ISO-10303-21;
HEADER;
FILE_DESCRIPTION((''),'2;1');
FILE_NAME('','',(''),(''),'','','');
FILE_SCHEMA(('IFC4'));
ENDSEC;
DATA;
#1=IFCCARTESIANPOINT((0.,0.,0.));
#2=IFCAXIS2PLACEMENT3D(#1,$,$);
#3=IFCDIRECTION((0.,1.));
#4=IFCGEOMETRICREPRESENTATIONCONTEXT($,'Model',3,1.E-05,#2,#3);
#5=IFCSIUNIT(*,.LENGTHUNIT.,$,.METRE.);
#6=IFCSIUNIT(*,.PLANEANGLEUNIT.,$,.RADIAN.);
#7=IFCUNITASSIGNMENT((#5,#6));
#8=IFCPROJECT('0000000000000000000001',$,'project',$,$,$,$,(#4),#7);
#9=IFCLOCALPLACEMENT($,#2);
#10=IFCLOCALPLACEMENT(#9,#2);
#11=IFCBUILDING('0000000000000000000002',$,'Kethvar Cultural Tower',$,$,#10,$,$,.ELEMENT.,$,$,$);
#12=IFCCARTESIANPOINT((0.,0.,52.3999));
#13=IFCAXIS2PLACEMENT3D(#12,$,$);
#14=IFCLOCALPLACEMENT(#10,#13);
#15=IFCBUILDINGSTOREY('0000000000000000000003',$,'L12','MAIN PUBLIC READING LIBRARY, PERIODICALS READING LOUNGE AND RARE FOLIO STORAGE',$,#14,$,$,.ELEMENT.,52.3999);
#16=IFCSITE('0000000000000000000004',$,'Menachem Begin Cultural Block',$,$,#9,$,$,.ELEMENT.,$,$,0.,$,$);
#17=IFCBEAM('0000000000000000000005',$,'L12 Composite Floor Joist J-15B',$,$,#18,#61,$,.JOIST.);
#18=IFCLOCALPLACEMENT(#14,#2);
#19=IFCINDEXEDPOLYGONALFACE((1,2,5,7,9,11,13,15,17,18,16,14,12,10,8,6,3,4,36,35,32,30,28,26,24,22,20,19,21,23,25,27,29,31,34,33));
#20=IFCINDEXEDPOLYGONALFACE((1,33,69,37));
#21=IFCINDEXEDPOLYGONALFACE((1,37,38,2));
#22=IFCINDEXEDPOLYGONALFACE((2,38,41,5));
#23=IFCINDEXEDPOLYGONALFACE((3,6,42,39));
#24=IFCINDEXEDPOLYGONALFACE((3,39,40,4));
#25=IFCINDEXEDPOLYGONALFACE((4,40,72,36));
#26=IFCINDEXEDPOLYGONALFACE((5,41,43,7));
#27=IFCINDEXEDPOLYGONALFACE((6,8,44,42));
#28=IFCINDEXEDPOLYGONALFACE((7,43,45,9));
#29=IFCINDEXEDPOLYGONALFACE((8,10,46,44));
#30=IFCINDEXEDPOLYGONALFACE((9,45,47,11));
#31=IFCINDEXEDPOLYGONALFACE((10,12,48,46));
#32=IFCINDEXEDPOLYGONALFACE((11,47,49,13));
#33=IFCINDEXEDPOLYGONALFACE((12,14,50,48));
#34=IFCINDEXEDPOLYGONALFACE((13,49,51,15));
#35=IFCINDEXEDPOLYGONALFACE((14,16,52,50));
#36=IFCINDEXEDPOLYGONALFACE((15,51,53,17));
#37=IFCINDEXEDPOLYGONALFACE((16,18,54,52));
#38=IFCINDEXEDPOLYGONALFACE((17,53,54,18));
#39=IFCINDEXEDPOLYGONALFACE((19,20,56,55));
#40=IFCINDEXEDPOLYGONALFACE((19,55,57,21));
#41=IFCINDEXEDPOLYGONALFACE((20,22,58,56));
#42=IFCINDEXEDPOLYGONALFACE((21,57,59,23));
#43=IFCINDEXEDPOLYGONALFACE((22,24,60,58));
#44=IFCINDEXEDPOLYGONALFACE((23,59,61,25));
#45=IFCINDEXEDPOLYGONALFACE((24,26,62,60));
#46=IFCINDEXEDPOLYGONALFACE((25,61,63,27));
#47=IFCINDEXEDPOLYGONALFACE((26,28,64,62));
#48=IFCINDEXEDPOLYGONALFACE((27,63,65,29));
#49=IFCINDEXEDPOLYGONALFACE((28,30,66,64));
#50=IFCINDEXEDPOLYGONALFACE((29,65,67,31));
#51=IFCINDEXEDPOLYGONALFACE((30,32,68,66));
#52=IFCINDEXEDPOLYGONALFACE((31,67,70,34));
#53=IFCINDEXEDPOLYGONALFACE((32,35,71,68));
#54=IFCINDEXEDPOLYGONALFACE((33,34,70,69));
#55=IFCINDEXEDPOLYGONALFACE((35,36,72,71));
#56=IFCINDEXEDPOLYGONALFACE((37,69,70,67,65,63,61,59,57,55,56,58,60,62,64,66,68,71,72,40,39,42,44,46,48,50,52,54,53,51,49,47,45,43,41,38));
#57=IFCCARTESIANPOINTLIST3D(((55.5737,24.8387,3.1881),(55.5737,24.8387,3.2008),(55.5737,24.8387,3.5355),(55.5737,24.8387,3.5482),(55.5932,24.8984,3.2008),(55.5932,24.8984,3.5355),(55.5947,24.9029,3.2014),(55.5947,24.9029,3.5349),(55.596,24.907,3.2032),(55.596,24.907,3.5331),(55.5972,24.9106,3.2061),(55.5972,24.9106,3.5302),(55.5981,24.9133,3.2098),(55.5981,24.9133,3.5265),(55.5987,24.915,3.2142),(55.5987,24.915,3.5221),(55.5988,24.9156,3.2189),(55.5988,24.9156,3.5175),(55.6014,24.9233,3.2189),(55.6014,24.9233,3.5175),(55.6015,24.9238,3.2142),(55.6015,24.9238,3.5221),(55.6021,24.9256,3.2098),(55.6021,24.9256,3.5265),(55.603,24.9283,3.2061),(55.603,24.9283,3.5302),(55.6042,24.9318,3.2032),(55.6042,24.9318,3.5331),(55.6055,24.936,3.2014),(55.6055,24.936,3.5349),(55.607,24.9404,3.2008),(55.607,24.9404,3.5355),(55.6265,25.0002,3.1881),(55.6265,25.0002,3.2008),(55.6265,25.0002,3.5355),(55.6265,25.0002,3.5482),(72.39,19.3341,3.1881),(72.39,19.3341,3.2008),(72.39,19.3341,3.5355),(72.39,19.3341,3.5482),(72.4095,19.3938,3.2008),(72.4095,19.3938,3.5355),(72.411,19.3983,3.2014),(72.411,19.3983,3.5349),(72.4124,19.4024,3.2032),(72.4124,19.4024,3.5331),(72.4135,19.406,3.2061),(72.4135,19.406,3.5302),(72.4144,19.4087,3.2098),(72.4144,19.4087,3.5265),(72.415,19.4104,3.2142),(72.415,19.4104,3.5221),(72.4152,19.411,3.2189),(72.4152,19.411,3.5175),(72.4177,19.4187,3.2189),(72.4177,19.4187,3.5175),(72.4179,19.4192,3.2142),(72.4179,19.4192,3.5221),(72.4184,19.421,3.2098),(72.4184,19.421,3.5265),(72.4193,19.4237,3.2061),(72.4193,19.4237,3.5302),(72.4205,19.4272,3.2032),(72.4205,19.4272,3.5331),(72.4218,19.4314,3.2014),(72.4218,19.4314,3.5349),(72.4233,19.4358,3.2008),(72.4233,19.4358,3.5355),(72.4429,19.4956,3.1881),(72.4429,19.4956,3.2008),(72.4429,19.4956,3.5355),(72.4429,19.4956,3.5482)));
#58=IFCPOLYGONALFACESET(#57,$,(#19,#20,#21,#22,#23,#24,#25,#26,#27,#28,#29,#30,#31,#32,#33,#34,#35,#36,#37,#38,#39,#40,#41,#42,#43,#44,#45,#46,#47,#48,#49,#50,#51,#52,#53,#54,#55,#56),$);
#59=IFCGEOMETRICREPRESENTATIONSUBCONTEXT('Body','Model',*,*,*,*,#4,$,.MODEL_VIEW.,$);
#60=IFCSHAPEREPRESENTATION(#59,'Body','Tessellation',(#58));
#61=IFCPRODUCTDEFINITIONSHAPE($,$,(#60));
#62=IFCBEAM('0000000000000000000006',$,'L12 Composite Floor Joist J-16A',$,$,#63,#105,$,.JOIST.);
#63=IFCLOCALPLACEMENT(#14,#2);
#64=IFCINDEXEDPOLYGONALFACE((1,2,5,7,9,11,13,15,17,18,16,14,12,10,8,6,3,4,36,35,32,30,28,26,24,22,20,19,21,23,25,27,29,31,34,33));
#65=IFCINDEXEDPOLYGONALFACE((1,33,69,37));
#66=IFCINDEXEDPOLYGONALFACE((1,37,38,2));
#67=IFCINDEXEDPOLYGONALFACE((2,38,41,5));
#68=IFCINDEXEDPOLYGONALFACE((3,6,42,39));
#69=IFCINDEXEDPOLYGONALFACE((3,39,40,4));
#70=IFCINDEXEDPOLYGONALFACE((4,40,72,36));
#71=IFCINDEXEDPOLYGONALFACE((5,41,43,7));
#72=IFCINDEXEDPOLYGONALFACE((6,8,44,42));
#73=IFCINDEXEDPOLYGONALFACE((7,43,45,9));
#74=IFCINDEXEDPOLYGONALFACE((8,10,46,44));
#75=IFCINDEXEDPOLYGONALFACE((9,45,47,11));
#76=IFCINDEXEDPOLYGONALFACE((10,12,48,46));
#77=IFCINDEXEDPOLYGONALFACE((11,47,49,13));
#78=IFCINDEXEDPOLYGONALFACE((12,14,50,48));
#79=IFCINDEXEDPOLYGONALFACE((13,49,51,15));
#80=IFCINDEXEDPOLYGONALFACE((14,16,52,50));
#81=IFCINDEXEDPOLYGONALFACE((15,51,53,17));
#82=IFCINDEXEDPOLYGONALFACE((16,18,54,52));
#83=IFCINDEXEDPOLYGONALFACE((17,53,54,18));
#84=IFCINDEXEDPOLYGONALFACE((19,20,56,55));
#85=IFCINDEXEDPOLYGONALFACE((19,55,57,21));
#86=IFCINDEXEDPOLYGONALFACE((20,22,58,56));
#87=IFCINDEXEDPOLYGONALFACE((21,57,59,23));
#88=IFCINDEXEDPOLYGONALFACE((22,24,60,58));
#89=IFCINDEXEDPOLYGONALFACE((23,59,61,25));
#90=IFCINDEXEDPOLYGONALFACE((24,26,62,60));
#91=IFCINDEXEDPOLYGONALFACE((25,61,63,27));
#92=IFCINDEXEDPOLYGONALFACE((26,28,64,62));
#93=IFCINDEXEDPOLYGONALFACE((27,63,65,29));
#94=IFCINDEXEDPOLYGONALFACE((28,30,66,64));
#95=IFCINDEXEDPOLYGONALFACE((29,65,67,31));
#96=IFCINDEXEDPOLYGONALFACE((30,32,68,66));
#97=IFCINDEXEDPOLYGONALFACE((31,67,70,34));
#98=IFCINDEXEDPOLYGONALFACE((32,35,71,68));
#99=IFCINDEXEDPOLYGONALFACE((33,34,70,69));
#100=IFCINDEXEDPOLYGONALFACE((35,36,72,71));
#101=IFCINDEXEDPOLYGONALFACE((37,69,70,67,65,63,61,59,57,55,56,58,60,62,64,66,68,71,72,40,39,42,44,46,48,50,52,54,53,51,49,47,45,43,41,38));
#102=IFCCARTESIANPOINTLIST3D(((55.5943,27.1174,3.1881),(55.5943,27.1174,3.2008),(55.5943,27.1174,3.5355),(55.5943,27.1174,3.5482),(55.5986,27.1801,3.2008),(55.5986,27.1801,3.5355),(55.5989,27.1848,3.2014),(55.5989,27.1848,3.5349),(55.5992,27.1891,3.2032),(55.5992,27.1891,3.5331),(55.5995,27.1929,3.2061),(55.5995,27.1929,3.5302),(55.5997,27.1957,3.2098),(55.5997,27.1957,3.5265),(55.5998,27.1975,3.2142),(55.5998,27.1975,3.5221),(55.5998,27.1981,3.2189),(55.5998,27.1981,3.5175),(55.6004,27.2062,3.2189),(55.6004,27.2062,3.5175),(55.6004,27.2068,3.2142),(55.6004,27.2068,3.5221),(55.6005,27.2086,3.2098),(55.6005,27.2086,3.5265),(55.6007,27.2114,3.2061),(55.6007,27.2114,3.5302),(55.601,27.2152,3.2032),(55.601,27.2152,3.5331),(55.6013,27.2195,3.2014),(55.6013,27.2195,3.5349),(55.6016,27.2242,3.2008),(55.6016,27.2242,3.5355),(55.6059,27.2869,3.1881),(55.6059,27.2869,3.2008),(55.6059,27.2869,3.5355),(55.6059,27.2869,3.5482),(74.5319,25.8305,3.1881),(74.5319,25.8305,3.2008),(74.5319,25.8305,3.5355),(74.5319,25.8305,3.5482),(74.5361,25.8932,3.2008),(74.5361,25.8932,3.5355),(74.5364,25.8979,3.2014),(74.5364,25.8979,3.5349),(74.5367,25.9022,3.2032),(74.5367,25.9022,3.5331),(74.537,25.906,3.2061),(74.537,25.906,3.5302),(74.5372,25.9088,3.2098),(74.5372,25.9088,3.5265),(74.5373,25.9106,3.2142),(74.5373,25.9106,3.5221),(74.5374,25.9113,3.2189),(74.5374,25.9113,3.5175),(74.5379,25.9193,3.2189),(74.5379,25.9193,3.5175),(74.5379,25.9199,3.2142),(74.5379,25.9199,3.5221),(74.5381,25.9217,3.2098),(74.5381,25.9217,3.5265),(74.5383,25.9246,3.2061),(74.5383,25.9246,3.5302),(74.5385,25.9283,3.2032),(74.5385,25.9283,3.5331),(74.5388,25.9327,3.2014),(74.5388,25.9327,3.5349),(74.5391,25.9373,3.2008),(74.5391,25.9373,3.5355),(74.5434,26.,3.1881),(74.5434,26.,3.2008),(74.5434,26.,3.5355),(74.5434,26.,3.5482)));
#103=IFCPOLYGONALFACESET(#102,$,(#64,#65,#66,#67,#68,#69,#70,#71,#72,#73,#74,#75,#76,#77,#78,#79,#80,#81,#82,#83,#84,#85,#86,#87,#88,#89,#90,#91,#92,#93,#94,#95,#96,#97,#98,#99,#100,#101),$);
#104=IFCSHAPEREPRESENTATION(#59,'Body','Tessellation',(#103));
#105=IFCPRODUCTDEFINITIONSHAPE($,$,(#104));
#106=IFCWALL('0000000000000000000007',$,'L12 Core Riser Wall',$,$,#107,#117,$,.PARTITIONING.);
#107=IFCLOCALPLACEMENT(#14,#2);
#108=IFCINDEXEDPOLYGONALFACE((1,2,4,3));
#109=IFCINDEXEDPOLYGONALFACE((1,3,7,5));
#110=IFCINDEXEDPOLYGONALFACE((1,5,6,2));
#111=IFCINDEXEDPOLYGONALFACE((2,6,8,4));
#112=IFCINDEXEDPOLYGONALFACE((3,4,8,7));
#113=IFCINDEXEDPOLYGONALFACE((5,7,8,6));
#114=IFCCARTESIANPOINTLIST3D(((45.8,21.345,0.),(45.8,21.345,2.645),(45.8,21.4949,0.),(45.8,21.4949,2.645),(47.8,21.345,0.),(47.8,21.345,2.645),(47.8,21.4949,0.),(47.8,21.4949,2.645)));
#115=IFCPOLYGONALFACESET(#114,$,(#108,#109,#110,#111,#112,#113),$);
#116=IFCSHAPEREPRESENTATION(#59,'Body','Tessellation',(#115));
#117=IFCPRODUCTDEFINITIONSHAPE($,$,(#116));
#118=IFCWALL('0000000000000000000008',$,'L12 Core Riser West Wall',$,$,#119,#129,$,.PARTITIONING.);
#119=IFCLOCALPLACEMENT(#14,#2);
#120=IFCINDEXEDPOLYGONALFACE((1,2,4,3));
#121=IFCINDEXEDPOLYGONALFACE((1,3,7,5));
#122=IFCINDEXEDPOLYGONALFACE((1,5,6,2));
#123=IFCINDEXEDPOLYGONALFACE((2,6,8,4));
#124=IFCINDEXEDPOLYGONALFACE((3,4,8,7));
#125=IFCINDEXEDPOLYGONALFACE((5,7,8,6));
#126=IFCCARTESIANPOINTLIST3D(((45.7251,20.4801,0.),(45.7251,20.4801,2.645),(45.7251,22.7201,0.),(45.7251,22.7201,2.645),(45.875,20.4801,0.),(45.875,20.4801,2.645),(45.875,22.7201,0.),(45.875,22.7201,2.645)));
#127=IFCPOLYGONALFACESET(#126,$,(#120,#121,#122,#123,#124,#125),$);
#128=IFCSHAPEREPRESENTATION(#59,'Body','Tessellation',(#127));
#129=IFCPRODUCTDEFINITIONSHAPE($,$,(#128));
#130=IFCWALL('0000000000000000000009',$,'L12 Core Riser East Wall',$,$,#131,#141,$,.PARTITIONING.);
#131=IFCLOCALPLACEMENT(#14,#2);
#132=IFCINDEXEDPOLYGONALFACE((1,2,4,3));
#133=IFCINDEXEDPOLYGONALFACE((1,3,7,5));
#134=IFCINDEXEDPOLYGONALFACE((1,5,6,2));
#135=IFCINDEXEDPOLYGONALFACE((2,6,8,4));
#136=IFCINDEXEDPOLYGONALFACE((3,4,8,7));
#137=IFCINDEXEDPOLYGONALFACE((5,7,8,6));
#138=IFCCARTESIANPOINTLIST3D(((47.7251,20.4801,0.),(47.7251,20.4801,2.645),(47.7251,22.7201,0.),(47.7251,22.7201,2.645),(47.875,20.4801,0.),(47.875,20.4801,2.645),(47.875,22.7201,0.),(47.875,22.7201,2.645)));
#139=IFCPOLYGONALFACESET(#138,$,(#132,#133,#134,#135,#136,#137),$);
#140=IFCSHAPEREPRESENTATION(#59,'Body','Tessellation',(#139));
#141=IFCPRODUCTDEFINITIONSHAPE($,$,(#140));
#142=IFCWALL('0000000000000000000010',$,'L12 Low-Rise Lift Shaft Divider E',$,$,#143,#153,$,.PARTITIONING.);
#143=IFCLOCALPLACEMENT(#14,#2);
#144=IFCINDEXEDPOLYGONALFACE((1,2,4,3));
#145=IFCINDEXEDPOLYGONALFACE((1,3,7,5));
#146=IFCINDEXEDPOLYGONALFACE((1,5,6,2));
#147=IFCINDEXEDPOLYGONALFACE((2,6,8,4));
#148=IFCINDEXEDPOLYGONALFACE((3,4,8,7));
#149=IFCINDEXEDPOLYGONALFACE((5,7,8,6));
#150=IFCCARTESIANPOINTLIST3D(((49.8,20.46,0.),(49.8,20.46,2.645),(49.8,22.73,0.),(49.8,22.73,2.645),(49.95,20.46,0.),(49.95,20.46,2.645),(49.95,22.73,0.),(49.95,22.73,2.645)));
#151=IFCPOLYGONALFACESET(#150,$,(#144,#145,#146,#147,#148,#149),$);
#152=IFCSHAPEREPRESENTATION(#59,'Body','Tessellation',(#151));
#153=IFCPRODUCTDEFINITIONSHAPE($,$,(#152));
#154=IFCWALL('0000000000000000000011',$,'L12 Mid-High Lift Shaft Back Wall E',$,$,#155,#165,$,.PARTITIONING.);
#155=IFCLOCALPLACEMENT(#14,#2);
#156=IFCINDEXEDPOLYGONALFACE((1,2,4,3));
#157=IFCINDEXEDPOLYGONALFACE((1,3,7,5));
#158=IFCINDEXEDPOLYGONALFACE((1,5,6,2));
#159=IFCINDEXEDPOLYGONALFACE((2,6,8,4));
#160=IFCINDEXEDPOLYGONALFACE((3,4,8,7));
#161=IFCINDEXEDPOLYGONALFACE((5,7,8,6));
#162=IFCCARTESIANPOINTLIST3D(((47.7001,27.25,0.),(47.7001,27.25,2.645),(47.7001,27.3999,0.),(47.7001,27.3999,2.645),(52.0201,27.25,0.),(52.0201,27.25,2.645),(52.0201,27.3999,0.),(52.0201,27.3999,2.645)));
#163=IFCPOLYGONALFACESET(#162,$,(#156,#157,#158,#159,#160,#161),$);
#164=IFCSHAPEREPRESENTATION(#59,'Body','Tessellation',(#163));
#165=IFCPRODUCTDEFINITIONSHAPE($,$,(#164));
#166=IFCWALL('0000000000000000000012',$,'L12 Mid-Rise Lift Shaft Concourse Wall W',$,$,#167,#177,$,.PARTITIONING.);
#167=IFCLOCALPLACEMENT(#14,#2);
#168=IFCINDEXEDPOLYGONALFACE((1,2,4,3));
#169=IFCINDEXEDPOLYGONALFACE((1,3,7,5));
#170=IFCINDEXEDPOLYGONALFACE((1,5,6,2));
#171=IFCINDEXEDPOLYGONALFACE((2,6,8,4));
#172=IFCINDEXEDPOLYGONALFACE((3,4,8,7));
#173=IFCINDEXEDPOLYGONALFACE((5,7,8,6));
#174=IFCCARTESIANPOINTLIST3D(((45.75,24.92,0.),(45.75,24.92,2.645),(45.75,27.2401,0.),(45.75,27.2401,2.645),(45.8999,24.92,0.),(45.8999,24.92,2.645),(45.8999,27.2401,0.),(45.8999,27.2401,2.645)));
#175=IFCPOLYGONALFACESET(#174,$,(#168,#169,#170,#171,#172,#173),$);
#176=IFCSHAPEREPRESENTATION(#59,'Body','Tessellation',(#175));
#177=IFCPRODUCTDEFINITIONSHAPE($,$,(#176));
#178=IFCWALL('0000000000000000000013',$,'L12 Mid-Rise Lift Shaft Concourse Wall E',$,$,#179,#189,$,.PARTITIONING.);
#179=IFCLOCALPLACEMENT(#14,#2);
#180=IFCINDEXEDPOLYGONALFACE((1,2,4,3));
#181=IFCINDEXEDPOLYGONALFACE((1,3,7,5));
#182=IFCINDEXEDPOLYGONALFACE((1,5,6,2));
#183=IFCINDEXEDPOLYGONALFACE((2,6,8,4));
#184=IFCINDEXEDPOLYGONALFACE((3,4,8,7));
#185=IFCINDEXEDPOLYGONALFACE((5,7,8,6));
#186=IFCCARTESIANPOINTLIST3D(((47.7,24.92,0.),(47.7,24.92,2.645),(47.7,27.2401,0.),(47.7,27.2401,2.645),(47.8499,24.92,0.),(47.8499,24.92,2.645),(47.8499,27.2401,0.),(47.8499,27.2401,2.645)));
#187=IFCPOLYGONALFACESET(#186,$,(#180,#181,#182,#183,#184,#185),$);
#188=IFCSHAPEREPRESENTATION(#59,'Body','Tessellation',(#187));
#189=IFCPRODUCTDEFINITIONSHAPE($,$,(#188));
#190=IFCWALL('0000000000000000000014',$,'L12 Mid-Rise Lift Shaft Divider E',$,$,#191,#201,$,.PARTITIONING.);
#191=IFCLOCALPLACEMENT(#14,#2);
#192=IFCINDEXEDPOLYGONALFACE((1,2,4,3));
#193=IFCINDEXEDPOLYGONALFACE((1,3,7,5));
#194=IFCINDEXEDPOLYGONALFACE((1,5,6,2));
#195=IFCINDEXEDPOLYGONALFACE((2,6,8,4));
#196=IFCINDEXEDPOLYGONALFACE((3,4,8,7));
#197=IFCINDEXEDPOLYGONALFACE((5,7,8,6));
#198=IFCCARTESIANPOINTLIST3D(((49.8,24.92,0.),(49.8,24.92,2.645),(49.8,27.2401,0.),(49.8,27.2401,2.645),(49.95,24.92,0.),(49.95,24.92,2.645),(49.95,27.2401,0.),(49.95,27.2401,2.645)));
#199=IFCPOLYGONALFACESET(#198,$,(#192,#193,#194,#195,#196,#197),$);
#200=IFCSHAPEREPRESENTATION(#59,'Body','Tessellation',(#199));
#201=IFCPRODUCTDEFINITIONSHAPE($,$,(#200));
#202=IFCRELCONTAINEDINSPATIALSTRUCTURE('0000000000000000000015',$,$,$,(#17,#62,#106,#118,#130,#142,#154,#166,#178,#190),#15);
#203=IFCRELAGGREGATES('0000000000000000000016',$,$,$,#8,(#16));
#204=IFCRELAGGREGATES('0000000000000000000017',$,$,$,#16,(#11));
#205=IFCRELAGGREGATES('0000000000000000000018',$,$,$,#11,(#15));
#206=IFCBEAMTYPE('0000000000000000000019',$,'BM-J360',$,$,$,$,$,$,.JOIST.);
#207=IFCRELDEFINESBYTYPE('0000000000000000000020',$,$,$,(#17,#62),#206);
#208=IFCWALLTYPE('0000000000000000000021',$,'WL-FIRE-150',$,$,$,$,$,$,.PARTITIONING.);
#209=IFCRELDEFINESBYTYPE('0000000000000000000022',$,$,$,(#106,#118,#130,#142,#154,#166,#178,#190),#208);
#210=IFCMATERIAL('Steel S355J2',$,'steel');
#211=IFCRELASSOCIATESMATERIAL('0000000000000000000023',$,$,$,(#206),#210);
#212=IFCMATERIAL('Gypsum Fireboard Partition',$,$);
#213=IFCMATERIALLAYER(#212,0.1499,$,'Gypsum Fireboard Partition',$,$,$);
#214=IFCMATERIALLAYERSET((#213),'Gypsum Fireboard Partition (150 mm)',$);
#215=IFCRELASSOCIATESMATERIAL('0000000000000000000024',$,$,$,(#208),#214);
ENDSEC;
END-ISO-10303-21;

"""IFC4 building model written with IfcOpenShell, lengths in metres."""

from ifc_helpers import new_model, si_unit, direction, frame, frame_2d, origin, origin_2d, place, context, subcontext, project, spatial, rectangle, i_section, extrude, source, transform, mapped, material, layer, layer_set, material_profile, profile_set, type_object, element, save


model = new_model("IFC4")

# Units and contexts
model_context = context("Model", 3, precision=1e-05, world=origin(), true_north=direction((0.0, 1.0)))
body_context = subcontext(model_context, "Body", "Model", "MODEL_VIEW")
ifc_project = project(units=[si_unit("LENGTHUNIT", "METRE"), si_unit("PLANEANGLEUNIT", "RADIAN")], contexts=[model_context])

# Site, building, storey
site_placement = place(None, origin())
site = spatial("IfcSite", under=ifc_project, at=site_placement, Name="Menachem Begin Cultural Block", CompositionType="ELEMENT", RefElevation=0.0)
building_placement = place(site_placement, origin())
building = spatial("IfcBuilding", under=site, at=building_placement, Name="Kethvar Cultural Tower", CompositionType="ELEMENT")
storey_placement = place(building_placement, frame((0.0, 0.0, 52.3999)))
storey = spatial("IfcBuildingStorey", under=building, at=storey_placement, Name="L12", Description="MAIN PUBLIC READING LIBRARY, PERIODICALS READING LOUNGE AND RARE FOLIO STORAGE", CompositionType="ELEMENT", Elevation=52.3999)

# Beams
ifc_material_1 = material(Name="Steel S355J2", Category="steel")
ifc_material_profile_1 = material_profile(ifc_material_1, i_section(OverallWidth=0.1699, OverallDepth=0.3601, WebThickness=0.0081, FlangeThickness=0.0127, FilletRadius=0.0181, at=origin_2d()), Name="Steel S355J2 — IPE360")
ifc_profile_set_1 = profile_set([ifc_material_profile_1], Name="Steel S355J2 — IPE360")
beam_type_1 = type_object("IfcBeamType", Name="BM-J360", PredefinedType="JOIST", material=ifc_profile_set_1)
shared_shape_1 = source(origin(), body_context, "Body", "SweptSolid", [
    extrude(i_section(OverallWidth=0.1699, OverallDepth=0.3601, WebThickness=0.0081, FlangeThickness=0.0127, FilletRadius=0.0181, at=origin_2d()), origin(), (0.0, 0.0, 1.0), 17.6943),
])
beam_1_placement = place(storey_placement, frame((55.6001, 24.9194, 3.3682), z_axis=(0.950379, -0.311095, 0.0), x_axis=(0.311095, 0.950379, 0.0)))
element("IfcBeam", 1, at=beam_1_placement, inside=storey, type_object=beam_type_1, Name="L12 Composite Floor Joist J-15B", PredefinedType="JOIST", context=body_context, shape_type="MappedRepresentation", body=[
    mapped(shared_shape_1, transform((0.0, 0.0, 0.0), scale=1.0)),
])
shared_shape_2 = source(origin(), body_context, "Body", "SweptSolid", [
    extrude(i_section(OverallWidth=0.1699, OverallDepth=0.3601, WebThickness=0.0081, FlangeThickness=0.0127, FilletRadius=0.0181, at=origin_2d()), origin(), (0.0, 0.0, 1.0), 18.9812),
])
beam_2_placement = place(storey_placement, frame((55.6001, 27.2021, 3.3682), z_axis=(0.997699, -0.067797, 0.0), x_axis=(0.067797, 0.997699, 0.0)))
element("IfcBeam", 2, at=beam_2_placement, inside=storey, type_object=beam_type_1, Name="L12 Composite Floor Joist J-16A", PredefinedType="JOIST", context=body_context, shape_type="MappedRepresentation", body=[
    mapped(shared_shape_2, transform((0.0, 0.0, 0.0), scale=1.0)),
])

# Walls
ifc_material_2 = material(Name="Gypsum Fireboard Partition")
ifc_layer_1 = layer(ifc_material_2, 0.1499, Name="Gypsum Fireboard Partition")
ifc_layer_set_1 = layer_set([ifc_layer_1], Name="Gypsum Fireboard Partition (150 mm)")
wall_type_1 = type_object("IfcWallType", Name="WL-FIRE-150", PredefinedType="PARTITIONING", material=ifc_layer_set_1)
wall_1_placement = place(storey_placement, frame((45.8, 21.4199, 0.0), z_axis=(0.0, 0.0, 1.0), x_axis=(1.0, 0.0, 0.0)))
element("IfcWall", 3, at=wall_1_placement, inside=storey, type_object=wall_type_1, Name="L12 Core Riser Wall", PredefinedType="PARTITIONING", context=body_context, shape_type="SweptSolid", body=[
    extrude(rectangle(XDim=2.0, YDim=0.1499, at=frame_2d((1.0, 0.0))), origin(), (0.0, 0.0, 1.0), 2.645),
])
for number, where, z_axis, x_axis, name in (
    (4, (45.8, 20.48, 0.0), (0.0, 0.0, 1.0), (0.0, 1.0, 0.0), "L12 Core Riser West Wall"),
    (5, (47.8, 20.48, 0.0), (0.0, 0.0, 1.0), (0.0, 1.0, 0.0), "L12 Core Riser East Wall"),
):
    element("IfcWall", number, at=place(storey_placement, frame(where, z_axis=z_axis, x_axis=x_axis)), inside=storey, type_object=wall_type_1, Name=name, PredefinedType="PARTITIONING", context=body_context, shape_type="SweptSolid", body=[
        extrude(rectangle(XDim=2.24, YDim=0.1499, at=frame_2d((1.1201, 0.0))), origin(), (0.0, 0.0, 1.0), 2.645),
    ])
wall_2_placement = place(storey_placement, frame((49.875, 20.46, 0.0), z_axis=(0.0, 0.0, 1.0), x_axis=(0.0, 1.0, 0.0)))
element("IfcWall", 6, at=wall_2_placement, inside=storey, type_object=wall_type_1, Name="L12 Low-Rise Lift Shaft Divider E", PredefinedType="PARTITIONING", context=body_context, shape_type="SweptSolid", body=[
    extrude(rectangle(XDim=2.27, YDim=0.1499, at=frame_2d((1.135, 0.0))), origin(), (0.0, 0.0, 1.0), 2.645),
])
wall_3_placement = place(storey_placement, frame((47.7, 27.325, 0.0), z_axis=(0.0, 0.0, 1.0), x_axis=(1.0, 0.0, 0.0)))
element("IfcWall", 7, at=wall_3_placement, inside=storey, type_object=wall_type_1, Name="L12 Mid-High Lift Shaft Back Wall E", PredefinedType="PARTITIONING", context=body_context, shape_type="SweptSolid", body=[
    extrude(rectangle(XDim=4.3201, YDim=0.1499, at=frame_2d((2.1602, 0.0))), origin(), (0.0, 0.0, 1.0), 2.645),
])
for number, where, z_axis, x_axis, name in (
    (8, (45.825, 24.9199, 0.0), (0.0, 0.0, 1.0), (0.0, 1.0, 0.0), "L12 Mid-Rise Lift Shaft Concourse Wall W"),
    (9, (47.7749, 24.9199, 0.0), (0.0, 0.0, 1.0), (0.0, 1.0, 0.0), "L12 Mid-Rise Lift Shaft Concourse Wall E"),
    (10, (49.875, 24.9199, 0.0), (0.0, 0.0, 1.0), (0.0, 1.0, 0.0), "L12 Mid-Rise Lift Shaft Divider E"),
):
    element("IfcWall", number, at=place(storey_placement, frame(where, z_axis=z_axis, x_axis=x_axis)), inside=storey, type_object=wall_type_1, Name=name, PredefinedType="PARTITIONING", context=body_context, shape_type="SweptSolid", body=[
        extrude(rectangle(XDim=2.3201, YDim=0.1499, at=frame_2d((1.1602, 0.0))), origin(), (0.0, 0.0, 1.0), 2.645),
    ])

save(model, "model.ifc")
